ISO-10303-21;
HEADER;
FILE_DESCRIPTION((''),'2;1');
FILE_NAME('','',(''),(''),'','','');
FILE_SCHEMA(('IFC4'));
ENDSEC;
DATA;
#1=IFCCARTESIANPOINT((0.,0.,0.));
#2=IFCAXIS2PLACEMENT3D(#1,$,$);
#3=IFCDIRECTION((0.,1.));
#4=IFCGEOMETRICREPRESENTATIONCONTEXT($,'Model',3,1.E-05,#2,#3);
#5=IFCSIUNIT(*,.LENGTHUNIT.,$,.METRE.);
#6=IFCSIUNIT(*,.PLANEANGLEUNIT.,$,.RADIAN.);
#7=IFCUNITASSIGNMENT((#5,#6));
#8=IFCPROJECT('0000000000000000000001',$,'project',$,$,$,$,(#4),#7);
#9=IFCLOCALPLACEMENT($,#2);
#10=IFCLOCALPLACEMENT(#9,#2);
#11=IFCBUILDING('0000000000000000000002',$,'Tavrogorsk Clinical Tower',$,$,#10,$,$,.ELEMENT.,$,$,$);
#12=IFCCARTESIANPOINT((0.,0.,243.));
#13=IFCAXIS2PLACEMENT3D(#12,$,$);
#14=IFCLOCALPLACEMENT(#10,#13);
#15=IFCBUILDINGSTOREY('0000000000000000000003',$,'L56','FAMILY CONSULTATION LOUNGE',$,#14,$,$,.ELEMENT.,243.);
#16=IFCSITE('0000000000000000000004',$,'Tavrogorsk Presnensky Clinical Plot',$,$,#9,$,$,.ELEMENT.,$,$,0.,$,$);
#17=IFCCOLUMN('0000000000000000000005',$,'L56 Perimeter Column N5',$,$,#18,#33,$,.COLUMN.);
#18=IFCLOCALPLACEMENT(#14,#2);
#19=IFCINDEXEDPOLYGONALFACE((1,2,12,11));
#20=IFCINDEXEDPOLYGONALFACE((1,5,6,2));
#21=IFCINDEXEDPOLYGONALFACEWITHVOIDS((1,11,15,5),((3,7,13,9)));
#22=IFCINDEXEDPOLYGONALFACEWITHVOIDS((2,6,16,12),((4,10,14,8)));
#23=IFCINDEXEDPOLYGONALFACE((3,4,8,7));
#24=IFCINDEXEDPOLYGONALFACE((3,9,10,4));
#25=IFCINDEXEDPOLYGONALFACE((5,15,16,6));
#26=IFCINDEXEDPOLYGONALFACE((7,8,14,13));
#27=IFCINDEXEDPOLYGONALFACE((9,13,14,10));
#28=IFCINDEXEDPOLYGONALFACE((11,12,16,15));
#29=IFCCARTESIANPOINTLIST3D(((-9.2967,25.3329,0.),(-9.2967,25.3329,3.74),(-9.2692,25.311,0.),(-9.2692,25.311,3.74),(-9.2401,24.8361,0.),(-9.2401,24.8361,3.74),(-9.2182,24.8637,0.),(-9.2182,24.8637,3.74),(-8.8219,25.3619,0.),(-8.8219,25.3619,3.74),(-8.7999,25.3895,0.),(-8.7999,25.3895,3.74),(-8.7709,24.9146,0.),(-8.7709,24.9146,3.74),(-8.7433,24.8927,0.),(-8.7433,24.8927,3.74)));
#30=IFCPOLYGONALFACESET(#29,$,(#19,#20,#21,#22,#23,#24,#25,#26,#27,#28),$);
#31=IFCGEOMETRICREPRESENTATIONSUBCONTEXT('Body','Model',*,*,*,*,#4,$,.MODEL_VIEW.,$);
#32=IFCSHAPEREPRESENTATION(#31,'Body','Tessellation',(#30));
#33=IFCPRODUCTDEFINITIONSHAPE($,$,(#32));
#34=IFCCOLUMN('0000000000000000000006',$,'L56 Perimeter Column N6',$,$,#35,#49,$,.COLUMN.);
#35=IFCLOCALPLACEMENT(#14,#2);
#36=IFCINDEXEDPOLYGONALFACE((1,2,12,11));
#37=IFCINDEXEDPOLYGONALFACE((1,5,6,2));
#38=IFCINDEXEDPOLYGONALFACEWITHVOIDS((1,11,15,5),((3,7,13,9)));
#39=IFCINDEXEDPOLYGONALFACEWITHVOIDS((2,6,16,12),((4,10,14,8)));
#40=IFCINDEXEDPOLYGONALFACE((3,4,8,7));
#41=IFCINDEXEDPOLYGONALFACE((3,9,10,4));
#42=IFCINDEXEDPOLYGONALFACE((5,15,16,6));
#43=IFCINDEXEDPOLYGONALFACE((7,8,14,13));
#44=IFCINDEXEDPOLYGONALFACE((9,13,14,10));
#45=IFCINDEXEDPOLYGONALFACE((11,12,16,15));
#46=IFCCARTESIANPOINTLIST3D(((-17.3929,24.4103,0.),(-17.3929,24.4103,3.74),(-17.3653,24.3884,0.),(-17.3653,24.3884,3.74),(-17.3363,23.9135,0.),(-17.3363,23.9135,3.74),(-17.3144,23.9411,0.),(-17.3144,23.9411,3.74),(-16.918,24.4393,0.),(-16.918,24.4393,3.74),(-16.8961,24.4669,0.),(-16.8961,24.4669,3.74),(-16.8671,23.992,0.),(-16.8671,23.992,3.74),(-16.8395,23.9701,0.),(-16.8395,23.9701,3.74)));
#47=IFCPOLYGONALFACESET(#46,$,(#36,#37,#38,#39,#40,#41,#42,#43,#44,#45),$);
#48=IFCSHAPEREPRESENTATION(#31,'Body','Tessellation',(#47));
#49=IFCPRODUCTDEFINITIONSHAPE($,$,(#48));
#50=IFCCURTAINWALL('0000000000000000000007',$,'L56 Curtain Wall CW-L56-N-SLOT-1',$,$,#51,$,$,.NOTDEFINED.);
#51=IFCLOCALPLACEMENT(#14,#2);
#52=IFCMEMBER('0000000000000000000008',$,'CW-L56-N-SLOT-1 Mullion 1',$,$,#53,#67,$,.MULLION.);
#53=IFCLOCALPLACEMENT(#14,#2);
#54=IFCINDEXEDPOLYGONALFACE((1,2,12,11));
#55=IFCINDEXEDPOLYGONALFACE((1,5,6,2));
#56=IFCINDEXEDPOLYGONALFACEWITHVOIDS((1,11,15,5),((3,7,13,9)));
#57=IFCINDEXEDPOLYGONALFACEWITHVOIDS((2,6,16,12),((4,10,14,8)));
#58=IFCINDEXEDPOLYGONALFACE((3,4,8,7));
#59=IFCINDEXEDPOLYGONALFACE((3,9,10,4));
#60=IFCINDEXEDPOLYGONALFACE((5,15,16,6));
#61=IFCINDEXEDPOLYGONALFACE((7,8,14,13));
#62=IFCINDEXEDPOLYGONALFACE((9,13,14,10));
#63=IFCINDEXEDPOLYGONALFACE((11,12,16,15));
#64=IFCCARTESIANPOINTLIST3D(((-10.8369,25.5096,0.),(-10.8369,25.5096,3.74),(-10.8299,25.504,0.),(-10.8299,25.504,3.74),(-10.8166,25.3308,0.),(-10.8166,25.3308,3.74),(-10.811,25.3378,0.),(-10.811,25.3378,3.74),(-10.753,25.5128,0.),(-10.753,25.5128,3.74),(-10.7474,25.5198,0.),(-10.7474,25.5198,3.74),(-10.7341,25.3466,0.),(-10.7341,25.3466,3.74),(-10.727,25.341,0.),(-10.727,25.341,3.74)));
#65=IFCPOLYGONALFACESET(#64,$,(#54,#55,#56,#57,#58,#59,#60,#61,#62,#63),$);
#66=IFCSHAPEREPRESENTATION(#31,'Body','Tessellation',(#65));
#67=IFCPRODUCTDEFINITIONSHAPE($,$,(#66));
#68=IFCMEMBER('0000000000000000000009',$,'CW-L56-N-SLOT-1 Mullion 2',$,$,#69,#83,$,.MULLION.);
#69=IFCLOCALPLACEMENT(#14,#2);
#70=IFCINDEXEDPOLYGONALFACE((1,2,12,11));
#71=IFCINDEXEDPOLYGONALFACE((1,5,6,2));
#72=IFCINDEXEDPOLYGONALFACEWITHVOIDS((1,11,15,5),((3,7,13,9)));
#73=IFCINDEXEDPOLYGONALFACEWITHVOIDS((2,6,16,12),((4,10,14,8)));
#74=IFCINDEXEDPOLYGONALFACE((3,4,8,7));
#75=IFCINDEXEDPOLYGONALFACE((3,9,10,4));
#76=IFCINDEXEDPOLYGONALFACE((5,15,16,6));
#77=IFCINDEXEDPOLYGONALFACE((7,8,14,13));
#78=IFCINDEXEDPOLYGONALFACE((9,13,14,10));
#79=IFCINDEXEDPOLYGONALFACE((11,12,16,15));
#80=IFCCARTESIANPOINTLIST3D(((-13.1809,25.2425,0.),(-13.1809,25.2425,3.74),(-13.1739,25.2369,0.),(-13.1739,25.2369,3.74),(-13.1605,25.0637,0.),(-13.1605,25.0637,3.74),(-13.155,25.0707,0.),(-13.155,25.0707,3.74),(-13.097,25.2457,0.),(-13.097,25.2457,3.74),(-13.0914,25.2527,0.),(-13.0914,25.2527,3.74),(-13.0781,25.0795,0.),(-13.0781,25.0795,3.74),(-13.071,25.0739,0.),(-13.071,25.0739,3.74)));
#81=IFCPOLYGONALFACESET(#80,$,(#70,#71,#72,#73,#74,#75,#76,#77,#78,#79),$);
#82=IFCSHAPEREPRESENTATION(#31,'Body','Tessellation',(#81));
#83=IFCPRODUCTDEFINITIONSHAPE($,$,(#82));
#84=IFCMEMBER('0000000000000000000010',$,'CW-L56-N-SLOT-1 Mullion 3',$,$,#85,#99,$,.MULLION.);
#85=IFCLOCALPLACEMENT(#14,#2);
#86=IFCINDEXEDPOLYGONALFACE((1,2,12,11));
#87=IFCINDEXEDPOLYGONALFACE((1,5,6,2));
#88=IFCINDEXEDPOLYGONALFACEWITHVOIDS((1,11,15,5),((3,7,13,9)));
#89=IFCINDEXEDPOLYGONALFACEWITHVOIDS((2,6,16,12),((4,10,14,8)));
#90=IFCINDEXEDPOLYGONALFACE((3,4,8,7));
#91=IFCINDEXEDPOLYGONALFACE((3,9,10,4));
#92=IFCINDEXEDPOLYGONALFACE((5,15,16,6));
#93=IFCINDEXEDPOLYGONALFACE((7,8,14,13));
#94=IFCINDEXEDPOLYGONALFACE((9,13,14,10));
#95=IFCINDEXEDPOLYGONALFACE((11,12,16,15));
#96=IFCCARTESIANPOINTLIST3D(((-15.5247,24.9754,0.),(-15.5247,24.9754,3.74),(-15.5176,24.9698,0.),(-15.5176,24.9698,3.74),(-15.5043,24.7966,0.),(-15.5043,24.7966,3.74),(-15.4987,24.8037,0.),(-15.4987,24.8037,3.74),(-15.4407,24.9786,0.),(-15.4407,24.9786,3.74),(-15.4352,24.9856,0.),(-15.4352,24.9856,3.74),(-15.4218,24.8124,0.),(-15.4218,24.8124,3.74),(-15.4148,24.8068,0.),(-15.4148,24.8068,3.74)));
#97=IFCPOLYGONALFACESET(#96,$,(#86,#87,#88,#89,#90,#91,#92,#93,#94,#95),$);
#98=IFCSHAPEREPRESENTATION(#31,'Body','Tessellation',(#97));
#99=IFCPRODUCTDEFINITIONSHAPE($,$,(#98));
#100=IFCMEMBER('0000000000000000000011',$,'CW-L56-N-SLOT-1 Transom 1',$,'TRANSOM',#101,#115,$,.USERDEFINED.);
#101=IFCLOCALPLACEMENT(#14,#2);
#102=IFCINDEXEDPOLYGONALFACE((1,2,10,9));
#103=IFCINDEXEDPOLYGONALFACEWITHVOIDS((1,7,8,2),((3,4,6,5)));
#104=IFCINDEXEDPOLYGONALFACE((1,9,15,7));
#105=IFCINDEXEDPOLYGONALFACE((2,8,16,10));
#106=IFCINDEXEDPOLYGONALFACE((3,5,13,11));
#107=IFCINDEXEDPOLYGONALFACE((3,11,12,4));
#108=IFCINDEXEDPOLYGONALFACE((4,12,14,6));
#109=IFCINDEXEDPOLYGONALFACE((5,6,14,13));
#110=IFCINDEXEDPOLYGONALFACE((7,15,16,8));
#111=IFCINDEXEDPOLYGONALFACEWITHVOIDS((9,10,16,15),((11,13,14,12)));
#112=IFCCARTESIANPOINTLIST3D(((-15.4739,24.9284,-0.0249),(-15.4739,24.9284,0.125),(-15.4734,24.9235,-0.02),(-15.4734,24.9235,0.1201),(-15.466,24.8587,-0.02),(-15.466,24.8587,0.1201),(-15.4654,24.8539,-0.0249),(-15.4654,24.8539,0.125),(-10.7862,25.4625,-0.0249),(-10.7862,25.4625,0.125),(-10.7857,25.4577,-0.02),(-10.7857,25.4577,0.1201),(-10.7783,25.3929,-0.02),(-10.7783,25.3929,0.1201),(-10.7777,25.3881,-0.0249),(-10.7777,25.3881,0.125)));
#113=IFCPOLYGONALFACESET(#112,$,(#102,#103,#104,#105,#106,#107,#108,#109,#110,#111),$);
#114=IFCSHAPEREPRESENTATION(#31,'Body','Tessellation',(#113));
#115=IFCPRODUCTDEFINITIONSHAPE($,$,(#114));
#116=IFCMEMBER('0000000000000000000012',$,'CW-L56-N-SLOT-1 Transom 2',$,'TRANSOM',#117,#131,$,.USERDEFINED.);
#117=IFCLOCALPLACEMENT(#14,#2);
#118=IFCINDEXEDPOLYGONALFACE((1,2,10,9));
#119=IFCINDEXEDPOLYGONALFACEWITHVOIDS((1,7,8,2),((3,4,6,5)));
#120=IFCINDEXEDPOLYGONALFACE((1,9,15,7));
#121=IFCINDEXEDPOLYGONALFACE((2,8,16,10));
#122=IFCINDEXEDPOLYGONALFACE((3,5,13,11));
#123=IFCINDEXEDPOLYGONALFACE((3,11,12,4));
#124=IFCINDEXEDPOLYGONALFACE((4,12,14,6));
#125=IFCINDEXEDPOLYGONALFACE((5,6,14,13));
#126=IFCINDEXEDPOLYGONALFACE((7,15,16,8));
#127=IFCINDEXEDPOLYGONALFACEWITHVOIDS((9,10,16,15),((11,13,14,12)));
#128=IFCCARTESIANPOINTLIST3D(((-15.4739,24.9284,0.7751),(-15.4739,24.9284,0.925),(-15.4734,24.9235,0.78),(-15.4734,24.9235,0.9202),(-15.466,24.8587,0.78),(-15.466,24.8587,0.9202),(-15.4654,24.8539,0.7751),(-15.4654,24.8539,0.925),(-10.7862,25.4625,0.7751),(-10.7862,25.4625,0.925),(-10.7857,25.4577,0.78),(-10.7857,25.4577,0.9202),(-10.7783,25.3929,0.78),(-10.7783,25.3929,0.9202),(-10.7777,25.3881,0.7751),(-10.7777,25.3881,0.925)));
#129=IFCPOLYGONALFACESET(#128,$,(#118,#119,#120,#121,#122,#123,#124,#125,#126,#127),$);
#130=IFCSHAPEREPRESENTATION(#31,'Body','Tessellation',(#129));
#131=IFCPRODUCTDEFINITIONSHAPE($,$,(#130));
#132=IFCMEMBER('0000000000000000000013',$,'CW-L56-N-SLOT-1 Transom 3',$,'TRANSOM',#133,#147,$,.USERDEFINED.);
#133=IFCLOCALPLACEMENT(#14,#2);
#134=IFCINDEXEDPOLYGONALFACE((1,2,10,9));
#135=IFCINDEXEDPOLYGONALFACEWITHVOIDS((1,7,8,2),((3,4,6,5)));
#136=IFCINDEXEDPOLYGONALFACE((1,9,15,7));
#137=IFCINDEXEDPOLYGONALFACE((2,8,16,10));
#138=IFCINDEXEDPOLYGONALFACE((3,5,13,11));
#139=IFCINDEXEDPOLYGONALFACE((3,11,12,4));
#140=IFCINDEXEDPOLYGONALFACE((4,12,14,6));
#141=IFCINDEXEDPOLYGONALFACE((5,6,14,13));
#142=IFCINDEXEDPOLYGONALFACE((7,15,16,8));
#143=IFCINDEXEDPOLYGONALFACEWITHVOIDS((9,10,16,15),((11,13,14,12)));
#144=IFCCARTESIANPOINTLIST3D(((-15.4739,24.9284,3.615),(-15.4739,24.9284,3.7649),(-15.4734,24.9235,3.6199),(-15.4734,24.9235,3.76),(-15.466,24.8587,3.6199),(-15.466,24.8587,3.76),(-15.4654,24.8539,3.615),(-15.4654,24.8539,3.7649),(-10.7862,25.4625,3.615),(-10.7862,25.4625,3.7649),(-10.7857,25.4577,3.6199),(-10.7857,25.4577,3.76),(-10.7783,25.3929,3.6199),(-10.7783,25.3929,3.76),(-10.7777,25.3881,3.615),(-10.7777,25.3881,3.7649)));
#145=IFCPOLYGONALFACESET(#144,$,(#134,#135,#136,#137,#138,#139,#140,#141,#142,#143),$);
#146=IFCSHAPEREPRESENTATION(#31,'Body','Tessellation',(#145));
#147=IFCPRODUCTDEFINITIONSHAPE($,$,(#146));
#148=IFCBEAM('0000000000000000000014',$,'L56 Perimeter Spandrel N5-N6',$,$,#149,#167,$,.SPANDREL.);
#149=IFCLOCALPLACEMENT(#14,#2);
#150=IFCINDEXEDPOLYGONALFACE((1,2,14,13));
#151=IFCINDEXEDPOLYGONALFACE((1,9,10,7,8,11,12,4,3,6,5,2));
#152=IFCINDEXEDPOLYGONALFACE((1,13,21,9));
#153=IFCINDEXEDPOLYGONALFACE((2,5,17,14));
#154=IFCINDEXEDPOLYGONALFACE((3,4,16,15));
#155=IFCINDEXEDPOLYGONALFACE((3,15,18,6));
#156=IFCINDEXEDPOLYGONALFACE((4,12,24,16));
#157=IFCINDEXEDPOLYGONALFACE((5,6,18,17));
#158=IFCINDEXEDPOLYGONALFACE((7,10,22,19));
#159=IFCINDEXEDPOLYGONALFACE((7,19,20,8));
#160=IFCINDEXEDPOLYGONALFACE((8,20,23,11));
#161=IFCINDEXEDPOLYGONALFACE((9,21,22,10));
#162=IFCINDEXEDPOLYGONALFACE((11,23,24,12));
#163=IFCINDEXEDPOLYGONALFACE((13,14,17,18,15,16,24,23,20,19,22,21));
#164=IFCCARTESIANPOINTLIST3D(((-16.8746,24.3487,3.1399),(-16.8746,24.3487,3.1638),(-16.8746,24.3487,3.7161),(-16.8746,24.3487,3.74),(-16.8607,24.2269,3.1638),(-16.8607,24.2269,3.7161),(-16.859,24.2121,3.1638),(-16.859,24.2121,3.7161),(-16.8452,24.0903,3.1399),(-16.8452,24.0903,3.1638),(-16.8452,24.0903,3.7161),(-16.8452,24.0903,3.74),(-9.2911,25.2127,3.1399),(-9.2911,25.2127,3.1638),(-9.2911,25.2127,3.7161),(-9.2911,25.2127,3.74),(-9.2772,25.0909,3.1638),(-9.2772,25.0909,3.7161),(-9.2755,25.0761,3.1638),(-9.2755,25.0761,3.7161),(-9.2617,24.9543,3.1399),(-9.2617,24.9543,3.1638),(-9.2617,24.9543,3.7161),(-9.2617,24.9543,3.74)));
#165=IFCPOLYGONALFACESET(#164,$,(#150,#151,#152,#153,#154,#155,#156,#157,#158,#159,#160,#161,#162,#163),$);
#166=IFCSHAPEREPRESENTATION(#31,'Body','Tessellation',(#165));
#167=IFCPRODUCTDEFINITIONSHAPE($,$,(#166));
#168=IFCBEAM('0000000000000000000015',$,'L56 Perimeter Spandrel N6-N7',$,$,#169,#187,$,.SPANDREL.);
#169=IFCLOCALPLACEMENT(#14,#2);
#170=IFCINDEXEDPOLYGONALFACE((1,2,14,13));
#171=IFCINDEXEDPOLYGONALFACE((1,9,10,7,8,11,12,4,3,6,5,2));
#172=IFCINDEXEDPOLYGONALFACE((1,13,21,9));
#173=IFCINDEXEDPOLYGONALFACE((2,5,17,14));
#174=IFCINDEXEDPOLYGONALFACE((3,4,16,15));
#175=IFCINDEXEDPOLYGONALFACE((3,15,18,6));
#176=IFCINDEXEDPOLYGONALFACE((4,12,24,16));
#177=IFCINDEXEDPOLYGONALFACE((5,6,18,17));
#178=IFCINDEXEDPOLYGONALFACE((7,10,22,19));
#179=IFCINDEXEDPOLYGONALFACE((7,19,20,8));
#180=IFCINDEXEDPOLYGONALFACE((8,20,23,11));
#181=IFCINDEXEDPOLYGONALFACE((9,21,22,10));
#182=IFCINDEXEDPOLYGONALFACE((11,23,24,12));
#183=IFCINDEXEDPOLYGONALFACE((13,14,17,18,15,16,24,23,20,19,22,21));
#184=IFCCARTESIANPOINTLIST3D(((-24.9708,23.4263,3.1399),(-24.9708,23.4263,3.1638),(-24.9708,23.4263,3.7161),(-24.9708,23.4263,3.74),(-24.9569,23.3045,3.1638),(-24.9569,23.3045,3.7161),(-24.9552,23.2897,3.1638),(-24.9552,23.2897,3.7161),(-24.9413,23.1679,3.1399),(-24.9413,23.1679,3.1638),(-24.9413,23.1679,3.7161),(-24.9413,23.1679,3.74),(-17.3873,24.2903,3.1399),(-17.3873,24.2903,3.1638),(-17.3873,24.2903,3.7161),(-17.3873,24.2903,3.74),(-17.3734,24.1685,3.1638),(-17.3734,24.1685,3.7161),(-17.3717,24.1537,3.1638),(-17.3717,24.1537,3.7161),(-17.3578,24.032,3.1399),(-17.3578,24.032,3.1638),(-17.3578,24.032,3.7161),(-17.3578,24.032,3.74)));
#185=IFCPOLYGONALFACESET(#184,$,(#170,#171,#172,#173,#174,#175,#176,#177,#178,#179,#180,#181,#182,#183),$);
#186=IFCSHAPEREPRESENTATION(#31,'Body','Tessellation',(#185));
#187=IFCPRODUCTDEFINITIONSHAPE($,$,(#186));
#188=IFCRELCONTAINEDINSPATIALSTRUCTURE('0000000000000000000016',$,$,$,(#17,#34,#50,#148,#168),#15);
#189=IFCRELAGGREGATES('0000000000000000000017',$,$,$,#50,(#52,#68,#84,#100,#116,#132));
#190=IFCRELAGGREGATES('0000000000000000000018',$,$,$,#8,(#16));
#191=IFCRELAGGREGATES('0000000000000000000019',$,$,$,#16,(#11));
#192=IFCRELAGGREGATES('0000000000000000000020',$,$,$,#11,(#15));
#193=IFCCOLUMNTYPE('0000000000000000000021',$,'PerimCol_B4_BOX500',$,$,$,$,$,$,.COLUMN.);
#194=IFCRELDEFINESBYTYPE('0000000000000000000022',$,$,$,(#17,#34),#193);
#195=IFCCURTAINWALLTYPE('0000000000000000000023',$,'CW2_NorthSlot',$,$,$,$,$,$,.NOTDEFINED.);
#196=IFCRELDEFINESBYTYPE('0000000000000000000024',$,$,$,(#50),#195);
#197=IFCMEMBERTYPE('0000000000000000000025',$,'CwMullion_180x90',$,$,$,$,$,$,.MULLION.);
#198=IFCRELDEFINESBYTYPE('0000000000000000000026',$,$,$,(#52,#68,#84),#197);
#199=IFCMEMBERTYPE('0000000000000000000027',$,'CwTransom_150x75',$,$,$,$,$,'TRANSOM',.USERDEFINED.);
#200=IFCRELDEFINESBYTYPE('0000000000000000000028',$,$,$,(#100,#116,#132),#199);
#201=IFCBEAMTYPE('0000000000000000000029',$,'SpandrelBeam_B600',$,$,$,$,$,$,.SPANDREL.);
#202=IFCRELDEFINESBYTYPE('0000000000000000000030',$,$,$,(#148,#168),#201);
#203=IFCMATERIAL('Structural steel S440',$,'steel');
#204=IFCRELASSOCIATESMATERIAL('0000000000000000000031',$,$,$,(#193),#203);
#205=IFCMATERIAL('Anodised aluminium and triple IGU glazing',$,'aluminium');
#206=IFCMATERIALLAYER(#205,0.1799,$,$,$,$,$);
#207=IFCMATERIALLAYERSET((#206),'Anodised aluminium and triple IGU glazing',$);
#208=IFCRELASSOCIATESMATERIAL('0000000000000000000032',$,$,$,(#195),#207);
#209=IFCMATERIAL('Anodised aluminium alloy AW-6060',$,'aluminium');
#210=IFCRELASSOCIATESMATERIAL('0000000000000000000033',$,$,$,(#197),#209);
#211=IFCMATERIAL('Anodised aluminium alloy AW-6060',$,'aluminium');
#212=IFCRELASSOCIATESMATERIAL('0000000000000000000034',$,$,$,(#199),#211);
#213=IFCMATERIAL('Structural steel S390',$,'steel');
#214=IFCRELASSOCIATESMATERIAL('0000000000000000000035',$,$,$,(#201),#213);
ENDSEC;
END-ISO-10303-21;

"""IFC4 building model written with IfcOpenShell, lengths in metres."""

from ifc_helpers import new_model, si_unit, direction, frame, origin, origin_2d, place, context, subcontext, project, spatial, hollow_rectangle, i_section, extrude, material, layer, layer_set, material_profile, profile_set, type_object, element, aggregate, save


model = new_model("IFC4")

# Units and contexts
model_context = context("Model", 3, precision=1e-05, world=origin(), true_north=direction((0.0, 1.0)))
body_context = subcontext(model_context, "Body", "Model", "MODEL_VIEW")
ifc_project = project(units=[si_unit("LENGTHUNIT", "METRE"), si_unit("PLANEANGLEUNIT", "RADIAN")], contexts=[model_context])

# Site, building, storey
site_placement = place(None, origin())
site = spatial("IfcSite", under=ifc_project, at=site_placement, Name="Tavrogorsk Presnensky Clinical Plot", CompositionType="ELEMENT", RefElevation=0.0)
building_placement = place(site_placement, origin())
building = spatial("IfcBuilding", under=site, at=building_placement, Name="Tavrogorsk Clinical Tower", CompositionType="ELEMENT")
storey_placement = place(building_placement, frame((0.0, 0.0, 243.0)))
storey = spatial("IfcBuildingStorey", under=building, at=storey_placement, Name="L56", Description="FAMILY CONSULTATION LOUNGE", CompositionType="ELEMENT", Elevation=243.0)

# Columns
ifc_material_1 = material(Name="Structural steel S440", Category="steel")
ifc_material_profile_1 = material_profile(ifc_material_1, hollow_rectangle(XDim=0.5, YDim=0.5, WallThickness=0.0249, at=origin_2d()), Name="BOX-500x500x25")
ifc_profile_set_1 = profile_set([ifc_material_profile_1], Name="Structural steel S440")
column_type = type_object("IfcColumnType", Name="PerimCol_B4_BOX500", PredefinedType="COLUMN", material=ifc_profile_set_1)
for number, where, z_axis, x_axis, name in (
    (1, (-9.02, 25.1128, 0.0), (0.0, 0.0, 1.0), (0.993572, 0.113203, 0.0), "L56 Perimeter Column N5"),
    (2, (-17.1162, 24.1902, 0.0), (0.0, 0.0, 1.0), (0.993572, 0.113203, 0.0), "L56 Perimeter Column N6"),
):
    element("IfcColumn", number, at=place(storey_placement, frame(where, z_axis=z_axis, x_axis=x_axis)), inside=storey, type_object=column_type, Name=name, PredefinedType="COLUMN", context=body_context, shape_type="SweptSolid", body=[
        extrude(hollow_rectangle(XDim=0.5, YDim=0.5, WallThickness=0.0249, at=origin_2d()), origin(), (0.0, 0.0, 1.0), 3.74),
    ])

# Curtain wall, members
ifc_material_2 = material(Name="Anodised aluminium and triple IGU glazing", Category="aluminium")
ifc_layer_1 = layer(ifc_material_2, 0.1799)
ifc_layer_set_1 = layer_set([ifc_layer_1], Name="Anodised aluminium and triple IGU glazing")
curtain_wall_type = type_object("IfcCurtainWallType", Name="CW2_NorthSlot", PredefinedType="NOTDEFINED", material=ifc_layer_set_1)
curtain_wall_placement = place(storey_placement, origin())
curtain_wall = element("IfcCurtainWall", 3, at=curtain_wall_placement, inside=storey, type_object=curtain_wall_type, Name="L56 Curtain Wall CW-L56-N-SLOT-1", PredefinedType="NOTDEFINED")
ifc_material_3 = material(Name="Anodised aluminium alloy AW-6060", Category="aluminium")
ifc_material_profile_2 = material_profile(ifc_material_3, hollow_rectangle(XDim=0.0901, YDim=0.1799, WallThickness=0.0063, at=origin_2d()), Name="RHS-180x90x6.3")
ifc_profile_set_2 = profile_set([ifc_material_profile_2], Name="Anodised aluminium alloy AW-6060")
member_type_1 = type_object("IfcMemberType", Name="CwMullion_180x90", PredefinedType="MULLION", material=ifc_profile_set_2)
member_1_placement = place(storey_placement, frame((-10.782, 25.4253, 0.0), z_axis=(0.0, 0.0, 1.0), x_axis=(-0.993572, -0.113203, 0.0)))
member_1 = element("IfcMember", 4, at=member_1_placement, type_object=member_type_1, Name="CW-L56-N-SLOT-1 Mullion 1", PredefinedType="MULLION", context=body_context, shape_type="SweptSolid", body=[
    extrude(hollow_rectangle(XDim=0.0901, YDim=0.1799, WallThickness=0.0063, at=origin_2d()), origin(), (0.0, 0.0, 1.0), 3.74),
])
member_2_placement = place(storey_placement, frame((-13.126, 25.1582, 0.0), z_axis=(0.0, 0.0, 1.0), x_axis=(-0.993572, -0.113203, 0.0)))
member_2 = element("IfcMember", 5, at=member_2_placement, type_object=member_type_1, Name="CW-L56-N-SLOT-1 Mullion 2", PredefinedType="MULLION", context=body_context, shape_type="SweptSolid", body=[
    extrude(hollow_rectangle(XDim=0.0901, YDim=0.1799, WallThickness=0.0063, at=origin_2d()), origin(), (0.0, 0.0, 1.0), 3.74),
])
member_3_placement = place(storey_placement, frame((-15.4697, 24.8911, 0.0), z_axis=(0.0, 0.0, 1.0), x_axis=(-0.993572, -0.113203, 0.0)))
member_3 = element("IfcMember", 6, at=member_3_placement, type_object=member_type_1, Name="CW-L56-N-SLOT-1 Mullion 3", PredefinedType="MULLION", context=body_context, shape_type="SweptSolid", body=[
    extrude(hollow_rectangle(XDim=0.0901, YDim=0.1799, WallThickness=0.0063, at=origin_2d()), origin(), (0.0, 0.0, 1.0), 3.74),
])
ifc_material_4 = material(Name="Anodised aluminium alloy AW-6060", Category="aluminium")
ifc_material_profile_3 = material_profile(ifc_material_4, hollow_rectangle(XDim=0.075, YDim=0.1499, WallThickness=0.0049, at=origin_2d()), Name="RHS-150x75x5")
ifc_profile_set_3 = profile_set([ifc_material_profile_3], Name="Anodised aluminium alloy AW-6060")
member_type_2 = type_object("IfcMemberType", Name="CwTransom_150x75", ElementType="TRANSOM", PredefinedType="USERDEFINED", material=ifc_profile_set_3)
member_4_placement = place(storey_placement, frame((-10.782, 25.4253, 0.05), z_axis=(-0.99357, -0.11322, 0.0), x_axis=(0.11322, -0.99357, 0.0)))
member_4 = element("IfcMember", 7, at=member_4_placement, type_object=member_type_2, Name="CW-L56-N-SLOT-1 Transom 1", ObjectType="TRANSOM", PredefinedType="USERDEFINED", context=body_context, shape_type="SweptSolid", body=[
    extrude(hollow_rectangle(XDim=0.075, YDim=0.1499, WallThickness=0.0049, at=origin_2d()), origin(), (0.0, 0.0, 1.0), 4.718),
])
member_5_placement = place(storey_placement, frame((-10.782, 25.4253, 0.8501), z_axis=(-0.99357, -0.11322, 0.0), x_axis=(0.11322, -0.99357, 0.0)))
member_5 = element("IfcMember", 8, at=member_5_placement, type_object=member_type_2, Name="CW-L56-N-SLOT-1 Transom 2", ObjectType="TRANSOM", PredefinedType="USERDEFINED", context=body_context, shape_type="SweptSolid", body=[
    extrude(hollow_rectangle(XDim=0.075, YDim=0.1499, WallThickness=0.0049, at=origin_2d()), origin(), (0.0, 0.0, 1.0), 4.718),
])
member_6_placement = place(storey_placement, frame((-10.782, 25.4253, 3.6899), z_axis=(-0.99357, -0.11322, 0.0), x_axis=(0.11322, -0.99357, 0.0)))
member_6 = element("IfcMember", 9, at=member_6_placement, type_object=member_type_2, Name="CW-L56-N-SLOT-1 Transom 3", ObjectType="TRANSOM", PredefinedType="USERDEFINED", context=body_context, shape_type="SweptSolid", body=[
    extrude(hollow_rectangle(XDim=0.075, YDim=0.1499, WallThickness=0.0049, at=origin_2d()), origin(), (0.0, 0.0, 1.0), 4.718),
])

# Beams
ifc_material_5 = material(Name="Structural steel S390", Category="steel")
ifc_material_profile_4 = material_profile(ifc_material_5, i_section(OverallWidth=0.26, OverallDepth=0.6001, WebThickness=0.0149, FlangeThickness=0.0239, at=origin_2d()), Name="B-600x260x15x24")
ifc_profile_set_4 = profile_set([ifc_material_profile_4], Name="Structural steel S390")
beam_type = type_object("IfcBeamType", Name="SpandrelBeam_B600", PredefinedType="SPANDREL", material=ifc_profile_set_4)
for number, where, z_axis, x_axis, name in (
    (10, (-9.2764, 25.0835, 3.4399), (-0.993572, -0.113201, 0.0), (0.113201, -0.993572, 0.0), "L56 Perimeter Spandrel N5-N6"),
    (11, (-17.3726, 24.1611, 3.4399), (-0.993572, -0.113201, 0.0), (0.113201, -0.993572, 0.0), "L56 Perimeter Spandrel N6-N7"),
):
    element("IfcBeam", number, at=place(storey_placement, frame(where, z_axis=z_axis, x_axis=x_axis)), inside=storey, type_object=beam_type, Name=name, PredefinedType="SPANDREL", context=body_context, shape_type="SweptSolid", body=[
        extrude(i_section(OverallWidth=0.26, OverallDepth=0.6001, WebThickness=0.0149, FlangeThickness=0.0239, at=origin_2d()), origin(), (0.0, 0.0, 1.0), 7.6326),
    ])

aggregate(curtain_wall, [member_1, member_2, member_3, member_4, member_5, member_6])

save(model, "model.ifc")
